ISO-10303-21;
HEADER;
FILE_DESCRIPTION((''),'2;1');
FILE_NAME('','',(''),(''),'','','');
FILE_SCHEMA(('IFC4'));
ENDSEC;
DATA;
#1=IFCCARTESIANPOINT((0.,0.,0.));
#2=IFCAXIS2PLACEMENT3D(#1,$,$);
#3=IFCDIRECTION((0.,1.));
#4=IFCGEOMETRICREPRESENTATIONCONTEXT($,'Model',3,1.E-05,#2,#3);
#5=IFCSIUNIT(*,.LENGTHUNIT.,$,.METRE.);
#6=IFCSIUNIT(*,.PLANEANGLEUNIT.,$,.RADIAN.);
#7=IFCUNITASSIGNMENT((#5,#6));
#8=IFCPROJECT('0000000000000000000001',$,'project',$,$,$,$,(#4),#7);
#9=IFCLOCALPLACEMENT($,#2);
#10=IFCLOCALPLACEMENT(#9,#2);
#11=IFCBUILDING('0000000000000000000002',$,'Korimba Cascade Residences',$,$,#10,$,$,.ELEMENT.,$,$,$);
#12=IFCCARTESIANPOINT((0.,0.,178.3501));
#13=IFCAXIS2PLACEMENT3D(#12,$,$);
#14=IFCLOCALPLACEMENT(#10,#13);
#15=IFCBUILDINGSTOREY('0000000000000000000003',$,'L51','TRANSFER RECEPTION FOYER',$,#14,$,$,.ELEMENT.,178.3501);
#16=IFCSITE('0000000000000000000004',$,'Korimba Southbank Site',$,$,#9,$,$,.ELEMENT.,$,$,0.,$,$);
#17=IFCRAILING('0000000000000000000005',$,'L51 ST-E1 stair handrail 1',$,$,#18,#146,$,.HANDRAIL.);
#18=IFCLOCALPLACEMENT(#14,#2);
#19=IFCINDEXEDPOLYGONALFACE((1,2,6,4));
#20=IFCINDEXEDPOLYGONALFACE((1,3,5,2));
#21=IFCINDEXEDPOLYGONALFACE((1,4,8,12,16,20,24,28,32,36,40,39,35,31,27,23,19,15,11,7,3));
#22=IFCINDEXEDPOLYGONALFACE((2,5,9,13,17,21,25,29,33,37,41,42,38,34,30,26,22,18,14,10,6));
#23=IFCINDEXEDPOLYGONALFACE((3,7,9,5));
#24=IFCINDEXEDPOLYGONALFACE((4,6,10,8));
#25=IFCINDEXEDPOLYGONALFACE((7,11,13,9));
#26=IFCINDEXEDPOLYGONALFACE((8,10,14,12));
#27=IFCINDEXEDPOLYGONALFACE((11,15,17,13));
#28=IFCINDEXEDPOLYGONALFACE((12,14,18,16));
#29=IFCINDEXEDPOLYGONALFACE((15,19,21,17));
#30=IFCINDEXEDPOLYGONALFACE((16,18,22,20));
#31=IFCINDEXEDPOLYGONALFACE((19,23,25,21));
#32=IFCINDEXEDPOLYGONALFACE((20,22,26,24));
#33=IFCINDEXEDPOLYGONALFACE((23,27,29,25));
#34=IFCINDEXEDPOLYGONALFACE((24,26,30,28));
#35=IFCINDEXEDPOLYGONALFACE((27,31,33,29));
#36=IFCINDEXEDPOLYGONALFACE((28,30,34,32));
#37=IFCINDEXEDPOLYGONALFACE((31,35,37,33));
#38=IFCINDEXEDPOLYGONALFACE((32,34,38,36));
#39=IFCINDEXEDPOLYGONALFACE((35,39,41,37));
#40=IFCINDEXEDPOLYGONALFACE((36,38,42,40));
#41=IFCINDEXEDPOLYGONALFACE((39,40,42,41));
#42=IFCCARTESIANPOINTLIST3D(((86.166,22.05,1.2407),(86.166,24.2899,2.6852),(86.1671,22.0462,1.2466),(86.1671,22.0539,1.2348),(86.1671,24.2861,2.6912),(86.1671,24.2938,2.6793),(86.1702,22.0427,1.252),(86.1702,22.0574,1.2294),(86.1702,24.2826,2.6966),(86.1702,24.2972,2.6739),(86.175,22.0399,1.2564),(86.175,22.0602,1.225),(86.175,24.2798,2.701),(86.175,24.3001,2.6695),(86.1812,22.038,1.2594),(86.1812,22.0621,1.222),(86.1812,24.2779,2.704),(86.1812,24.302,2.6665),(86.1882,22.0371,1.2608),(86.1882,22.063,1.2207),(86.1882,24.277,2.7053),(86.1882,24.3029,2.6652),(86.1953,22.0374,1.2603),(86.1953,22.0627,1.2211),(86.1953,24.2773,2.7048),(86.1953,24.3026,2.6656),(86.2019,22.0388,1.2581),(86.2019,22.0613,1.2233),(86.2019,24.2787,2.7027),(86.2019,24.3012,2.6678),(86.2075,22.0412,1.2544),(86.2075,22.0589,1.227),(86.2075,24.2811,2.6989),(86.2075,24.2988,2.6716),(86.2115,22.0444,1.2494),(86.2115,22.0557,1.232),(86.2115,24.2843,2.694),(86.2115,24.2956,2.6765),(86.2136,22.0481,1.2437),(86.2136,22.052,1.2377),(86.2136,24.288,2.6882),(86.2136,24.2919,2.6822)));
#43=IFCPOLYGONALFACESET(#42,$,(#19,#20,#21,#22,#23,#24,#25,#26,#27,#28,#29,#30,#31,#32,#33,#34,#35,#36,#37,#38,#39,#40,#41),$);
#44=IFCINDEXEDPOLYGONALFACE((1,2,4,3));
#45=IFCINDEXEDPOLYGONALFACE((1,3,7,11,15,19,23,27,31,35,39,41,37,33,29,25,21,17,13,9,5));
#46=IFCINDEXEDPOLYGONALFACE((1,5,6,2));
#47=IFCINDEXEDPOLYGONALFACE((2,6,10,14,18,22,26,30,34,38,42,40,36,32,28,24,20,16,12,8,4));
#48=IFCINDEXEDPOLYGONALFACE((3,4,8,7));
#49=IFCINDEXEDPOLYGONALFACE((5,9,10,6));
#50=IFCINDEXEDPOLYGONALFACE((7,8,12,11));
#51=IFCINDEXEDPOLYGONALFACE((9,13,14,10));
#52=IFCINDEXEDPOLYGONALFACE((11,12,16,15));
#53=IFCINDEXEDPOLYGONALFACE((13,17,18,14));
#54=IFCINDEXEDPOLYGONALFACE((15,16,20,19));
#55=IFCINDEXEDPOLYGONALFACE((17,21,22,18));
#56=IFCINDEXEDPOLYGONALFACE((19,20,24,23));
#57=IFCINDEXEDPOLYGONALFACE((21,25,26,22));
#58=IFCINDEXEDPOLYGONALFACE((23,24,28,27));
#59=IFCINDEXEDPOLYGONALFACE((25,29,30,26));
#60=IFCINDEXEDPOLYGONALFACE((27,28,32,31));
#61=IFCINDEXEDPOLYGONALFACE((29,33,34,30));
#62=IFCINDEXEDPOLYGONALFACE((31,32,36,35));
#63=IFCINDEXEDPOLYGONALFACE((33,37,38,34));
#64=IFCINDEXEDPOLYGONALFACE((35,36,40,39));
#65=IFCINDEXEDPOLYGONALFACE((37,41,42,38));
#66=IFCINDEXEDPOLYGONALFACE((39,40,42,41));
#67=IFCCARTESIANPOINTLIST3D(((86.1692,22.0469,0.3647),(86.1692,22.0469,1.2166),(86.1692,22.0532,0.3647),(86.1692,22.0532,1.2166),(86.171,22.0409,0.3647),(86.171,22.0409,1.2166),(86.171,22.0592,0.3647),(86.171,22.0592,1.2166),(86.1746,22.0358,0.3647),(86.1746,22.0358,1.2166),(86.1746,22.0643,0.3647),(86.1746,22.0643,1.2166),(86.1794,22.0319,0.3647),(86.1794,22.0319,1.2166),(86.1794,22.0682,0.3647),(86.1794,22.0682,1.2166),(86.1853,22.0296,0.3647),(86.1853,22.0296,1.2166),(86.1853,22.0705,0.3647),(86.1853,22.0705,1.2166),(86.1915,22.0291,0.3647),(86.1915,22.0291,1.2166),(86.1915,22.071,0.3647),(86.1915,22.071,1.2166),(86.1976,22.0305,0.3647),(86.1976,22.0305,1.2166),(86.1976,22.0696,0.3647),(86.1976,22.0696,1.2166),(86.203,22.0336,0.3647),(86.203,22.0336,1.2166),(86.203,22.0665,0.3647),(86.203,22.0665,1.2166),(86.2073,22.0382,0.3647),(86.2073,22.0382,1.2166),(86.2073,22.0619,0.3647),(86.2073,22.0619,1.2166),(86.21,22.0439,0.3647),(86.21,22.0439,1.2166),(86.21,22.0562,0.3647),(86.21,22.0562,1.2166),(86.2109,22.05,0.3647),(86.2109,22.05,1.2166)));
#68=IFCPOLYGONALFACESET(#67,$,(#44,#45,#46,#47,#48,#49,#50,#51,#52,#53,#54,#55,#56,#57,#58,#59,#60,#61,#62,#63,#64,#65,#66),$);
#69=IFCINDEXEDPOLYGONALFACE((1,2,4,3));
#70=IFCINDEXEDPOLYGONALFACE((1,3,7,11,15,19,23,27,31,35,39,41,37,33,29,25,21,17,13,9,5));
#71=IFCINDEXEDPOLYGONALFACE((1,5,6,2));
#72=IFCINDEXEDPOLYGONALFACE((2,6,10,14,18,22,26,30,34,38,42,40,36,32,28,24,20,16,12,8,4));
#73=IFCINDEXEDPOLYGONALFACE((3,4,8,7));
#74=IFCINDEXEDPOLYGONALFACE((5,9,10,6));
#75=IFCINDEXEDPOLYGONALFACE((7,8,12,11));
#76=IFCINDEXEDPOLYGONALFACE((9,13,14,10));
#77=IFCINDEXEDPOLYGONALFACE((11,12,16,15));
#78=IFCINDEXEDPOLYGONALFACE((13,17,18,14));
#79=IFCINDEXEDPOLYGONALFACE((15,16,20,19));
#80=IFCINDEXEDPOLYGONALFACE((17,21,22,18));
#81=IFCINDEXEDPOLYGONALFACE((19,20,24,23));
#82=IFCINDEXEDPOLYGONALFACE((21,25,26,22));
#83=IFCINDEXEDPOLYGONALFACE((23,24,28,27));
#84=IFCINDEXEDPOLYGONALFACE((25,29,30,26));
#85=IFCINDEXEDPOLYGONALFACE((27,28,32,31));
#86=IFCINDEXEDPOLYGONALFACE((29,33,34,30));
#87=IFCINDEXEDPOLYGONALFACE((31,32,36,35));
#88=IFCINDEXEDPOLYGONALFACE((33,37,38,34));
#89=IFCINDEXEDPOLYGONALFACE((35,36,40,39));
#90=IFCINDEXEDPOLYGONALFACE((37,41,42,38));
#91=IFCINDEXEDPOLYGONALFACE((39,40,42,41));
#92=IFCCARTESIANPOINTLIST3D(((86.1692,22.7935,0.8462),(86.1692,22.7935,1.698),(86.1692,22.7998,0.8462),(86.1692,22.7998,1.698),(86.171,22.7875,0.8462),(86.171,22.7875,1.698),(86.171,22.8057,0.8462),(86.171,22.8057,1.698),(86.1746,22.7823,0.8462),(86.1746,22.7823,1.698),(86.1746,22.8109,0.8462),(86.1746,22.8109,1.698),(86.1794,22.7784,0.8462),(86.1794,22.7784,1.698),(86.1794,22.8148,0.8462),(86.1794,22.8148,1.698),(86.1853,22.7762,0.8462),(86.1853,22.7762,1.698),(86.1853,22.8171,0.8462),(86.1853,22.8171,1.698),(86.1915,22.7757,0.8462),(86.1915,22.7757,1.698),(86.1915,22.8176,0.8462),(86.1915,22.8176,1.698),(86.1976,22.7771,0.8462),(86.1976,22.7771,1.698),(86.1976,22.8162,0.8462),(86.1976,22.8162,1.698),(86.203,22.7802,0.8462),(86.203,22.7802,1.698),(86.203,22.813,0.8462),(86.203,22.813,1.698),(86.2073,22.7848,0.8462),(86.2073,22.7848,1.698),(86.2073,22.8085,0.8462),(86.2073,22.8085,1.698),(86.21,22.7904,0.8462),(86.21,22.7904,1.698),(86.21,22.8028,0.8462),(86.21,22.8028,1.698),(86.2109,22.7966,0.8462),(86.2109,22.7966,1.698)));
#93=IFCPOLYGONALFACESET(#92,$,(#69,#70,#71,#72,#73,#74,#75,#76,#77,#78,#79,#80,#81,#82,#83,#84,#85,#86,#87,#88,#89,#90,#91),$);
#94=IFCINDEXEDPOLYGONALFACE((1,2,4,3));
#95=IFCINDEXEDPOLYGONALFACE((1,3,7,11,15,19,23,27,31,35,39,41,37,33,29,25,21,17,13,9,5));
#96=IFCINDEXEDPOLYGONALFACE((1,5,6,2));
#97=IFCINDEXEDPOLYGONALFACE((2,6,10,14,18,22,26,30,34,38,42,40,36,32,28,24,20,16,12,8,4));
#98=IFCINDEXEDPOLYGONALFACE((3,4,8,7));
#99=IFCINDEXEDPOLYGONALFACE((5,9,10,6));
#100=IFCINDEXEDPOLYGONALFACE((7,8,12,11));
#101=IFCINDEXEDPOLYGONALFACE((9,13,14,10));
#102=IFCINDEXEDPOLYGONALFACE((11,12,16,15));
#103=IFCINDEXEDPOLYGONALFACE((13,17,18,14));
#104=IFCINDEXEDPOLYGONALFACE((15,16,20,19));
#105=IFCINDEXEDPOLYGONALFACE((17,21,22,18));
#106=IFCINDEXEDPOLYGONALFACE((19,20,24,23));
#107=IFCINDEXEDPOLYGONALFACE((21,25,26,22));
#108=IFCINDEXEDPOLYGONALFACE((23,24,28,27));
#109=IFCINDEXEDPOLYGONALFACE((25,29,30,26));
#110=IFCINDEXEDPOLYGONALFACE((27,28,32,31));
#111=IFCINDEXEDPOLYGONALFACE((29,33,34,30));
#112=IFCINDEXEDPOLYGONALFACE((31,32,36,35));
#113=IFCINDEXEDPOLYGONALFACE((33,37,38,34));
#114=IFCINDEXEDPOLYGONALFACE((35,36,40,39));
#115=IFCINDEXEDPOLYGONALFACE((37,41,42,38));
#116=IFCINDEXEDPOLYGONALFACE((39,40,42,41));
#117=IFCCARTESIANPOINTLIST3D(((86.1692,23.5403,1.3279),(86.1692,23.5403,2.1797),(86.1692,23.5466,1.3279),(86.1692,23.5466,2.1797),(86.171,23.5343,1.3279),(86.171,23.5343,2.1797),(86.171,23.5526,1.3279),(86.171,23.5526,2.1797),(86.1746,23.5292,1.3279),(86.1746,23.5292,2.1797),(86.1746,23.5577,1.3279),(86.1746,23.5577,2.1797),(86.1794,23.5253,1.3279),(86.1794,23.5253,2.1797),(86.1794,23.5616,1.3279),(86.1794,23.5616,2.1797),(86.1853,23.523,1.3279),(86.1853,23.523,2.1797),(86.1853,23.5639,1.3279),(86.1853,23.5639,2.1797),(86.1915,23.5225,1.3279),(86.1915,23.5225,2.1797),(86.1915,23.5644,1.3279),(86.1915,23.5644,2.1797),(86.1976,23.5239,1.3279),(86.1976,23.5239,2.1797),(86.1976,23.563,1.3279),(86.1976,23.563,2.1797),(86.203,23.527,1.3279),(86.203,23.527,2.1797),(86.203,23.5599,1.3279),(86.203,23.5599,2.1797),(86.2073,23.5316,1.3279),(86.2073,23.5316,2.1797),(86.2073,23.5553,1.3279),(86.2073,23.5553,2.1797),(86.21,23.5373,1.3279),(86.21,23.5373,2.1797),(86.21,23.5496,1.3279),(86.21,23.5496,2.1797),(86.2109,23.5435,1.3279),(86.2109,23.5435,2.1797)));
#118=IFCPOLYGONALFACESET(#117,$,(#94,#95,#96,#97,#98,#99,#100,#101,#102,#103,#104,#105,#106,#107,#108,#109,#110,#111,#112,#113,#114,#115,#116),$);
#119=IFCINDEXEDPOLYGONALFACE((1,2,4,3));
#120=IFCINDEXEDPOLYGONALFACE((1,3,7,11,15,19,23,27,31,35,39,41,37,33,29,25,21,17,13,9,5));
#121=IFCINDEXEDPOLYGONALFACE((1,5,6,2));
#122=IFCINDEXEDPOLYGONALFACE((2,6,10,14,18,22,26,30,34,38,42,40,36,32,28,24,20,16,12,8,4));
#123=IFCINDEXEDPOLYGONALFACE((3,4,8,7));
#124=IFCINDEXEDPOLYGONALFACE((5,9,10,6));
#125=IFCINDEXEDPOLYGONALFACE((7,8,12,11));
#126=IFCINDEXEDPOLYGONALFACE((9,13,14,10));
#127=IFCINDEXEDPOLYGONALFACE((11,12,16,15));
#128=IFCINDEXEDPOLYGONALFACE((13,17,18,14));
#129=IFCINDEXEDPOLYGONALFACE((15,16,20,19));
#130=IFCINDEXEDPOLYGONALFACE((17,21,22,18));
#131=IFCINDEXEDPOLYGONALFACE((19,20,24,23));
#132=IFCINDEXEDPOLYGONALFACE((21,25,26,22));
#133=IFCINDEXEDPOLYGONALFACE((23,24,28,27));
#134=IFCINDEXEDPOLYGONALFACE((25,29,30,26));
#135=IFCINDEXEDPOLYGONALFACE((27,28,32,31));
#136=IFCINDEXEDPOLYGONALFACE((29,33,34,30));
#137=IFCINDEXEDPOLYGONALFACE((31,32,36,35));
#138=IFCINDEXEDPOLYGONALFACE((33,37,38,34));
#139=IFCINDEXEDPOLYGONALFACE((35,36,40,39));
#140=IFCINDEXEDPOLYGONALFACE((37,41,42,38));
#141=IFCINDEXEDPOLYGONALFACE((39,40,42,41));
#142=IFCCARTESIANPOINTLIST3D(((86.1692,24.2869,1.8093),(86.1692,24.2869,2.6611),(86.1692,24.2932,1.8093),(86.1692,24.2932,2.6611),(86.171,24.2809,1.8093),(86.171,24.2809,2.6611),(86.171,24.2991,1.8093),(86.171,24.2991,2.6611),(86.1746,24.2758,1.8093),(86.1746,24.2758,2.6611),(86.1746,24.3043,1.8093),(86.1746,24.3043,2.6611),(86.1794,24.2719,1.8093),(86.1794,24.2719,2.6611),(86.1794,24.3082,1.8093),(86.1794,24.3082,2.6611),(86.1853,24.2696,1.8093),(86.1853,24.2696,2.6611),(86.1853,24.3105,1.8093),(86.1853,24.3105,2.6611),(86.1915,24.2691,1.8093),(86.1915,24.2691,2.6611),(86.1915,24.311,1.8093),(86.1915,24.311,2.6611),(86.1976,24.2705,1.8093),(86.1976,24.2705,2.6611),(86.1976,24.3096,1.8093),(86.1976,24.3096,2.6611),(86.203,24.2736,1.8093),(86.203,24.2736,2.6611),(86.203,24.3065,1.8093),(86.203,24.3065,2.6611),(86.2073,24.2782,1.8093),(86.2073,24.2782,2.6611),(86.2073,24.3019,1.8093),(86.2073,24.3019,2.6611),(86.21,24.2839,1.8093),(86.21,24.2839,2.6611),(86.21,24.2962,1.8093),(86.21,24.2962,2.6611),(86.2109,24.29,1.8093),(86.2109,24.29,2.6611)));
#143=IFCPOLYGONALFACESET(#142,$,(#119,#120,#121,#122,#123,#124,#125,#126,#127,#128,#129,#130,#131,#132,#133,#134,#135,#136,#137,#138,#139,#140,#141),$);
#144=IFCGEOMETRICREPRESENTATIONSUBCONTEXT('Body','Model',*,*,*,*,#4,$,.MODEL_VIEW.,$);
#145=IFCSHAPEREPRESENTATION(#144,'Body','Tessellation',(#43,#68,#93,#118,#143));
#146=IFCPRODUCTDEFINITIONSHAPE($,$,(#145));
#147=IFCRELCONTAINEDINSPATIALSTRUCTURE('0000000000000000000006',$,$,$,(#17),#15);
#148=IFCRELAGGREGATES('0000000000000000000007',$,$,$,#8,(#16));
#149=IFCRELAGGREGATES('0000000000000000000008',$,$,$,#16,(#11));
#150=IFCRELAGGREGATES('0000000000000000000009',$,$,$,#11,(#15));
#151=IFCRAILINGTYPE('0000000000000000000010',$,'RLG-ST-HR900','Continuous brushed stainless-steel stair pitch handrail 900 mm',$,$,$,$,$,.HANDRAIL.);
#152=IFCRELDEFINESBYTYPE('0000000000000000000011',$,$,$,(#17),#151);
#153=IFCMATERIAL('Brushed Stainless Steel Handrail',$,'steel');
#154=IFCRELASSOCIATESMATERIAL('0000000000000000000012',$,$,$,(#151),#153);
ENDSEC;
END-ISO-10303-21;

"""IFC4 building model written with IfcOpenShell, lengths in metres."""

from ifc_helpers import new_model, si_unit, direction, frame, origin, origin_2d, place, context, subcontext, project, spatial, circle, extrude, material, type_object, element, save


model = new_model("IFC4")

# Units and contexts
model_context = context("Model", 3, precision=1e-05, world=origin(), true_north=direction((0.0, 1.0)))
body_context = subcontext(model_context, "Body", "Model", "MODEL_VIEW")
ifc_project = project(units=[si_unit("LENGTHUNIT", "METRE"), si_unit("PLANEANGLEUNIT", "RADIAN")], contexts=[model_context])

# Site, building, storey
site_placement = place(None, origin())
site = spatial("IfcSite", under=ifc_project, at=site_placement, Name="Korimba Southbank Site", CompositionType="ELEMENT", RefElevation=0.0)
building_placement = place(site_placement, origin())
building = spatial("IfcBuilding", under=site, at=building_placement, Name="Korimba Cascade Residences", CompositionType="ELEMENT")
storey_placement = place(building_placement, frame((0.0, 0.0, 178.3501)))
storey = spatial("IfcBuildingStorey", under=building, at=storey_placement, Name="L51", Description="TRANSFER RECEPTION FOYER", CompositionType="ELEMENT", Elevation=178.3501)

# Railing
ifc_material_1 = material(Name="Brushed Stainless Steel Handrail", Category="steel")
railing_type_1 = type_object("IfcRailingType", Name="RLG-ST-HR900", Description="Continuous brushed stainless-steel stair pitch handrail 900 mm", PredefinedType="HANDRAIL", material=ifc_material_1)
railing_1_placement = place(storey_placement, frame((86.1899, 22.05, 0.3647)))
element("IfcRailing", 1, at=railing_1_placement, inside=storey, type_object=railing_type_1, Name="L51 ST-E1 stair handrail 1", PredefinedType="HANDRAIL", context=body_context, shape_type="SweptSolid", body=[
    extrude(circle(Radius=0.0239, at=origin_2d()), frame((0.0, 0.0, 0.876), z_axis=(0.0, 0.840395, 0.541975), x_axis=(-1.0, 0.0, 0.0)), (0.0, 0.0, 1.0), 2.6653),
    extrude(circle(Radius=0.021, at=origin_2d()), origin(), (0.0, 0.0, 1.0), 0.8518),
    extrude(circle(Radius=0.021, at=origin_2d()), frame((0.0, 0.7466, 0.4814)), (0.0, 0.0, 1.0), 0.8518),
    extrude(circle(Radius=0.021, at=origin_2d()), frame((0.0, 1.4934, 0.9631)), (0.0, 0.0, 1.0), 0.8518),
    extrude(circle(Radius=0.021, at=origin_2d()), frame((0.0, 2.24, 1.4446)), (0.0, 0.0, 1.0), 0.8518),
])

save(model, "model.ifc")
